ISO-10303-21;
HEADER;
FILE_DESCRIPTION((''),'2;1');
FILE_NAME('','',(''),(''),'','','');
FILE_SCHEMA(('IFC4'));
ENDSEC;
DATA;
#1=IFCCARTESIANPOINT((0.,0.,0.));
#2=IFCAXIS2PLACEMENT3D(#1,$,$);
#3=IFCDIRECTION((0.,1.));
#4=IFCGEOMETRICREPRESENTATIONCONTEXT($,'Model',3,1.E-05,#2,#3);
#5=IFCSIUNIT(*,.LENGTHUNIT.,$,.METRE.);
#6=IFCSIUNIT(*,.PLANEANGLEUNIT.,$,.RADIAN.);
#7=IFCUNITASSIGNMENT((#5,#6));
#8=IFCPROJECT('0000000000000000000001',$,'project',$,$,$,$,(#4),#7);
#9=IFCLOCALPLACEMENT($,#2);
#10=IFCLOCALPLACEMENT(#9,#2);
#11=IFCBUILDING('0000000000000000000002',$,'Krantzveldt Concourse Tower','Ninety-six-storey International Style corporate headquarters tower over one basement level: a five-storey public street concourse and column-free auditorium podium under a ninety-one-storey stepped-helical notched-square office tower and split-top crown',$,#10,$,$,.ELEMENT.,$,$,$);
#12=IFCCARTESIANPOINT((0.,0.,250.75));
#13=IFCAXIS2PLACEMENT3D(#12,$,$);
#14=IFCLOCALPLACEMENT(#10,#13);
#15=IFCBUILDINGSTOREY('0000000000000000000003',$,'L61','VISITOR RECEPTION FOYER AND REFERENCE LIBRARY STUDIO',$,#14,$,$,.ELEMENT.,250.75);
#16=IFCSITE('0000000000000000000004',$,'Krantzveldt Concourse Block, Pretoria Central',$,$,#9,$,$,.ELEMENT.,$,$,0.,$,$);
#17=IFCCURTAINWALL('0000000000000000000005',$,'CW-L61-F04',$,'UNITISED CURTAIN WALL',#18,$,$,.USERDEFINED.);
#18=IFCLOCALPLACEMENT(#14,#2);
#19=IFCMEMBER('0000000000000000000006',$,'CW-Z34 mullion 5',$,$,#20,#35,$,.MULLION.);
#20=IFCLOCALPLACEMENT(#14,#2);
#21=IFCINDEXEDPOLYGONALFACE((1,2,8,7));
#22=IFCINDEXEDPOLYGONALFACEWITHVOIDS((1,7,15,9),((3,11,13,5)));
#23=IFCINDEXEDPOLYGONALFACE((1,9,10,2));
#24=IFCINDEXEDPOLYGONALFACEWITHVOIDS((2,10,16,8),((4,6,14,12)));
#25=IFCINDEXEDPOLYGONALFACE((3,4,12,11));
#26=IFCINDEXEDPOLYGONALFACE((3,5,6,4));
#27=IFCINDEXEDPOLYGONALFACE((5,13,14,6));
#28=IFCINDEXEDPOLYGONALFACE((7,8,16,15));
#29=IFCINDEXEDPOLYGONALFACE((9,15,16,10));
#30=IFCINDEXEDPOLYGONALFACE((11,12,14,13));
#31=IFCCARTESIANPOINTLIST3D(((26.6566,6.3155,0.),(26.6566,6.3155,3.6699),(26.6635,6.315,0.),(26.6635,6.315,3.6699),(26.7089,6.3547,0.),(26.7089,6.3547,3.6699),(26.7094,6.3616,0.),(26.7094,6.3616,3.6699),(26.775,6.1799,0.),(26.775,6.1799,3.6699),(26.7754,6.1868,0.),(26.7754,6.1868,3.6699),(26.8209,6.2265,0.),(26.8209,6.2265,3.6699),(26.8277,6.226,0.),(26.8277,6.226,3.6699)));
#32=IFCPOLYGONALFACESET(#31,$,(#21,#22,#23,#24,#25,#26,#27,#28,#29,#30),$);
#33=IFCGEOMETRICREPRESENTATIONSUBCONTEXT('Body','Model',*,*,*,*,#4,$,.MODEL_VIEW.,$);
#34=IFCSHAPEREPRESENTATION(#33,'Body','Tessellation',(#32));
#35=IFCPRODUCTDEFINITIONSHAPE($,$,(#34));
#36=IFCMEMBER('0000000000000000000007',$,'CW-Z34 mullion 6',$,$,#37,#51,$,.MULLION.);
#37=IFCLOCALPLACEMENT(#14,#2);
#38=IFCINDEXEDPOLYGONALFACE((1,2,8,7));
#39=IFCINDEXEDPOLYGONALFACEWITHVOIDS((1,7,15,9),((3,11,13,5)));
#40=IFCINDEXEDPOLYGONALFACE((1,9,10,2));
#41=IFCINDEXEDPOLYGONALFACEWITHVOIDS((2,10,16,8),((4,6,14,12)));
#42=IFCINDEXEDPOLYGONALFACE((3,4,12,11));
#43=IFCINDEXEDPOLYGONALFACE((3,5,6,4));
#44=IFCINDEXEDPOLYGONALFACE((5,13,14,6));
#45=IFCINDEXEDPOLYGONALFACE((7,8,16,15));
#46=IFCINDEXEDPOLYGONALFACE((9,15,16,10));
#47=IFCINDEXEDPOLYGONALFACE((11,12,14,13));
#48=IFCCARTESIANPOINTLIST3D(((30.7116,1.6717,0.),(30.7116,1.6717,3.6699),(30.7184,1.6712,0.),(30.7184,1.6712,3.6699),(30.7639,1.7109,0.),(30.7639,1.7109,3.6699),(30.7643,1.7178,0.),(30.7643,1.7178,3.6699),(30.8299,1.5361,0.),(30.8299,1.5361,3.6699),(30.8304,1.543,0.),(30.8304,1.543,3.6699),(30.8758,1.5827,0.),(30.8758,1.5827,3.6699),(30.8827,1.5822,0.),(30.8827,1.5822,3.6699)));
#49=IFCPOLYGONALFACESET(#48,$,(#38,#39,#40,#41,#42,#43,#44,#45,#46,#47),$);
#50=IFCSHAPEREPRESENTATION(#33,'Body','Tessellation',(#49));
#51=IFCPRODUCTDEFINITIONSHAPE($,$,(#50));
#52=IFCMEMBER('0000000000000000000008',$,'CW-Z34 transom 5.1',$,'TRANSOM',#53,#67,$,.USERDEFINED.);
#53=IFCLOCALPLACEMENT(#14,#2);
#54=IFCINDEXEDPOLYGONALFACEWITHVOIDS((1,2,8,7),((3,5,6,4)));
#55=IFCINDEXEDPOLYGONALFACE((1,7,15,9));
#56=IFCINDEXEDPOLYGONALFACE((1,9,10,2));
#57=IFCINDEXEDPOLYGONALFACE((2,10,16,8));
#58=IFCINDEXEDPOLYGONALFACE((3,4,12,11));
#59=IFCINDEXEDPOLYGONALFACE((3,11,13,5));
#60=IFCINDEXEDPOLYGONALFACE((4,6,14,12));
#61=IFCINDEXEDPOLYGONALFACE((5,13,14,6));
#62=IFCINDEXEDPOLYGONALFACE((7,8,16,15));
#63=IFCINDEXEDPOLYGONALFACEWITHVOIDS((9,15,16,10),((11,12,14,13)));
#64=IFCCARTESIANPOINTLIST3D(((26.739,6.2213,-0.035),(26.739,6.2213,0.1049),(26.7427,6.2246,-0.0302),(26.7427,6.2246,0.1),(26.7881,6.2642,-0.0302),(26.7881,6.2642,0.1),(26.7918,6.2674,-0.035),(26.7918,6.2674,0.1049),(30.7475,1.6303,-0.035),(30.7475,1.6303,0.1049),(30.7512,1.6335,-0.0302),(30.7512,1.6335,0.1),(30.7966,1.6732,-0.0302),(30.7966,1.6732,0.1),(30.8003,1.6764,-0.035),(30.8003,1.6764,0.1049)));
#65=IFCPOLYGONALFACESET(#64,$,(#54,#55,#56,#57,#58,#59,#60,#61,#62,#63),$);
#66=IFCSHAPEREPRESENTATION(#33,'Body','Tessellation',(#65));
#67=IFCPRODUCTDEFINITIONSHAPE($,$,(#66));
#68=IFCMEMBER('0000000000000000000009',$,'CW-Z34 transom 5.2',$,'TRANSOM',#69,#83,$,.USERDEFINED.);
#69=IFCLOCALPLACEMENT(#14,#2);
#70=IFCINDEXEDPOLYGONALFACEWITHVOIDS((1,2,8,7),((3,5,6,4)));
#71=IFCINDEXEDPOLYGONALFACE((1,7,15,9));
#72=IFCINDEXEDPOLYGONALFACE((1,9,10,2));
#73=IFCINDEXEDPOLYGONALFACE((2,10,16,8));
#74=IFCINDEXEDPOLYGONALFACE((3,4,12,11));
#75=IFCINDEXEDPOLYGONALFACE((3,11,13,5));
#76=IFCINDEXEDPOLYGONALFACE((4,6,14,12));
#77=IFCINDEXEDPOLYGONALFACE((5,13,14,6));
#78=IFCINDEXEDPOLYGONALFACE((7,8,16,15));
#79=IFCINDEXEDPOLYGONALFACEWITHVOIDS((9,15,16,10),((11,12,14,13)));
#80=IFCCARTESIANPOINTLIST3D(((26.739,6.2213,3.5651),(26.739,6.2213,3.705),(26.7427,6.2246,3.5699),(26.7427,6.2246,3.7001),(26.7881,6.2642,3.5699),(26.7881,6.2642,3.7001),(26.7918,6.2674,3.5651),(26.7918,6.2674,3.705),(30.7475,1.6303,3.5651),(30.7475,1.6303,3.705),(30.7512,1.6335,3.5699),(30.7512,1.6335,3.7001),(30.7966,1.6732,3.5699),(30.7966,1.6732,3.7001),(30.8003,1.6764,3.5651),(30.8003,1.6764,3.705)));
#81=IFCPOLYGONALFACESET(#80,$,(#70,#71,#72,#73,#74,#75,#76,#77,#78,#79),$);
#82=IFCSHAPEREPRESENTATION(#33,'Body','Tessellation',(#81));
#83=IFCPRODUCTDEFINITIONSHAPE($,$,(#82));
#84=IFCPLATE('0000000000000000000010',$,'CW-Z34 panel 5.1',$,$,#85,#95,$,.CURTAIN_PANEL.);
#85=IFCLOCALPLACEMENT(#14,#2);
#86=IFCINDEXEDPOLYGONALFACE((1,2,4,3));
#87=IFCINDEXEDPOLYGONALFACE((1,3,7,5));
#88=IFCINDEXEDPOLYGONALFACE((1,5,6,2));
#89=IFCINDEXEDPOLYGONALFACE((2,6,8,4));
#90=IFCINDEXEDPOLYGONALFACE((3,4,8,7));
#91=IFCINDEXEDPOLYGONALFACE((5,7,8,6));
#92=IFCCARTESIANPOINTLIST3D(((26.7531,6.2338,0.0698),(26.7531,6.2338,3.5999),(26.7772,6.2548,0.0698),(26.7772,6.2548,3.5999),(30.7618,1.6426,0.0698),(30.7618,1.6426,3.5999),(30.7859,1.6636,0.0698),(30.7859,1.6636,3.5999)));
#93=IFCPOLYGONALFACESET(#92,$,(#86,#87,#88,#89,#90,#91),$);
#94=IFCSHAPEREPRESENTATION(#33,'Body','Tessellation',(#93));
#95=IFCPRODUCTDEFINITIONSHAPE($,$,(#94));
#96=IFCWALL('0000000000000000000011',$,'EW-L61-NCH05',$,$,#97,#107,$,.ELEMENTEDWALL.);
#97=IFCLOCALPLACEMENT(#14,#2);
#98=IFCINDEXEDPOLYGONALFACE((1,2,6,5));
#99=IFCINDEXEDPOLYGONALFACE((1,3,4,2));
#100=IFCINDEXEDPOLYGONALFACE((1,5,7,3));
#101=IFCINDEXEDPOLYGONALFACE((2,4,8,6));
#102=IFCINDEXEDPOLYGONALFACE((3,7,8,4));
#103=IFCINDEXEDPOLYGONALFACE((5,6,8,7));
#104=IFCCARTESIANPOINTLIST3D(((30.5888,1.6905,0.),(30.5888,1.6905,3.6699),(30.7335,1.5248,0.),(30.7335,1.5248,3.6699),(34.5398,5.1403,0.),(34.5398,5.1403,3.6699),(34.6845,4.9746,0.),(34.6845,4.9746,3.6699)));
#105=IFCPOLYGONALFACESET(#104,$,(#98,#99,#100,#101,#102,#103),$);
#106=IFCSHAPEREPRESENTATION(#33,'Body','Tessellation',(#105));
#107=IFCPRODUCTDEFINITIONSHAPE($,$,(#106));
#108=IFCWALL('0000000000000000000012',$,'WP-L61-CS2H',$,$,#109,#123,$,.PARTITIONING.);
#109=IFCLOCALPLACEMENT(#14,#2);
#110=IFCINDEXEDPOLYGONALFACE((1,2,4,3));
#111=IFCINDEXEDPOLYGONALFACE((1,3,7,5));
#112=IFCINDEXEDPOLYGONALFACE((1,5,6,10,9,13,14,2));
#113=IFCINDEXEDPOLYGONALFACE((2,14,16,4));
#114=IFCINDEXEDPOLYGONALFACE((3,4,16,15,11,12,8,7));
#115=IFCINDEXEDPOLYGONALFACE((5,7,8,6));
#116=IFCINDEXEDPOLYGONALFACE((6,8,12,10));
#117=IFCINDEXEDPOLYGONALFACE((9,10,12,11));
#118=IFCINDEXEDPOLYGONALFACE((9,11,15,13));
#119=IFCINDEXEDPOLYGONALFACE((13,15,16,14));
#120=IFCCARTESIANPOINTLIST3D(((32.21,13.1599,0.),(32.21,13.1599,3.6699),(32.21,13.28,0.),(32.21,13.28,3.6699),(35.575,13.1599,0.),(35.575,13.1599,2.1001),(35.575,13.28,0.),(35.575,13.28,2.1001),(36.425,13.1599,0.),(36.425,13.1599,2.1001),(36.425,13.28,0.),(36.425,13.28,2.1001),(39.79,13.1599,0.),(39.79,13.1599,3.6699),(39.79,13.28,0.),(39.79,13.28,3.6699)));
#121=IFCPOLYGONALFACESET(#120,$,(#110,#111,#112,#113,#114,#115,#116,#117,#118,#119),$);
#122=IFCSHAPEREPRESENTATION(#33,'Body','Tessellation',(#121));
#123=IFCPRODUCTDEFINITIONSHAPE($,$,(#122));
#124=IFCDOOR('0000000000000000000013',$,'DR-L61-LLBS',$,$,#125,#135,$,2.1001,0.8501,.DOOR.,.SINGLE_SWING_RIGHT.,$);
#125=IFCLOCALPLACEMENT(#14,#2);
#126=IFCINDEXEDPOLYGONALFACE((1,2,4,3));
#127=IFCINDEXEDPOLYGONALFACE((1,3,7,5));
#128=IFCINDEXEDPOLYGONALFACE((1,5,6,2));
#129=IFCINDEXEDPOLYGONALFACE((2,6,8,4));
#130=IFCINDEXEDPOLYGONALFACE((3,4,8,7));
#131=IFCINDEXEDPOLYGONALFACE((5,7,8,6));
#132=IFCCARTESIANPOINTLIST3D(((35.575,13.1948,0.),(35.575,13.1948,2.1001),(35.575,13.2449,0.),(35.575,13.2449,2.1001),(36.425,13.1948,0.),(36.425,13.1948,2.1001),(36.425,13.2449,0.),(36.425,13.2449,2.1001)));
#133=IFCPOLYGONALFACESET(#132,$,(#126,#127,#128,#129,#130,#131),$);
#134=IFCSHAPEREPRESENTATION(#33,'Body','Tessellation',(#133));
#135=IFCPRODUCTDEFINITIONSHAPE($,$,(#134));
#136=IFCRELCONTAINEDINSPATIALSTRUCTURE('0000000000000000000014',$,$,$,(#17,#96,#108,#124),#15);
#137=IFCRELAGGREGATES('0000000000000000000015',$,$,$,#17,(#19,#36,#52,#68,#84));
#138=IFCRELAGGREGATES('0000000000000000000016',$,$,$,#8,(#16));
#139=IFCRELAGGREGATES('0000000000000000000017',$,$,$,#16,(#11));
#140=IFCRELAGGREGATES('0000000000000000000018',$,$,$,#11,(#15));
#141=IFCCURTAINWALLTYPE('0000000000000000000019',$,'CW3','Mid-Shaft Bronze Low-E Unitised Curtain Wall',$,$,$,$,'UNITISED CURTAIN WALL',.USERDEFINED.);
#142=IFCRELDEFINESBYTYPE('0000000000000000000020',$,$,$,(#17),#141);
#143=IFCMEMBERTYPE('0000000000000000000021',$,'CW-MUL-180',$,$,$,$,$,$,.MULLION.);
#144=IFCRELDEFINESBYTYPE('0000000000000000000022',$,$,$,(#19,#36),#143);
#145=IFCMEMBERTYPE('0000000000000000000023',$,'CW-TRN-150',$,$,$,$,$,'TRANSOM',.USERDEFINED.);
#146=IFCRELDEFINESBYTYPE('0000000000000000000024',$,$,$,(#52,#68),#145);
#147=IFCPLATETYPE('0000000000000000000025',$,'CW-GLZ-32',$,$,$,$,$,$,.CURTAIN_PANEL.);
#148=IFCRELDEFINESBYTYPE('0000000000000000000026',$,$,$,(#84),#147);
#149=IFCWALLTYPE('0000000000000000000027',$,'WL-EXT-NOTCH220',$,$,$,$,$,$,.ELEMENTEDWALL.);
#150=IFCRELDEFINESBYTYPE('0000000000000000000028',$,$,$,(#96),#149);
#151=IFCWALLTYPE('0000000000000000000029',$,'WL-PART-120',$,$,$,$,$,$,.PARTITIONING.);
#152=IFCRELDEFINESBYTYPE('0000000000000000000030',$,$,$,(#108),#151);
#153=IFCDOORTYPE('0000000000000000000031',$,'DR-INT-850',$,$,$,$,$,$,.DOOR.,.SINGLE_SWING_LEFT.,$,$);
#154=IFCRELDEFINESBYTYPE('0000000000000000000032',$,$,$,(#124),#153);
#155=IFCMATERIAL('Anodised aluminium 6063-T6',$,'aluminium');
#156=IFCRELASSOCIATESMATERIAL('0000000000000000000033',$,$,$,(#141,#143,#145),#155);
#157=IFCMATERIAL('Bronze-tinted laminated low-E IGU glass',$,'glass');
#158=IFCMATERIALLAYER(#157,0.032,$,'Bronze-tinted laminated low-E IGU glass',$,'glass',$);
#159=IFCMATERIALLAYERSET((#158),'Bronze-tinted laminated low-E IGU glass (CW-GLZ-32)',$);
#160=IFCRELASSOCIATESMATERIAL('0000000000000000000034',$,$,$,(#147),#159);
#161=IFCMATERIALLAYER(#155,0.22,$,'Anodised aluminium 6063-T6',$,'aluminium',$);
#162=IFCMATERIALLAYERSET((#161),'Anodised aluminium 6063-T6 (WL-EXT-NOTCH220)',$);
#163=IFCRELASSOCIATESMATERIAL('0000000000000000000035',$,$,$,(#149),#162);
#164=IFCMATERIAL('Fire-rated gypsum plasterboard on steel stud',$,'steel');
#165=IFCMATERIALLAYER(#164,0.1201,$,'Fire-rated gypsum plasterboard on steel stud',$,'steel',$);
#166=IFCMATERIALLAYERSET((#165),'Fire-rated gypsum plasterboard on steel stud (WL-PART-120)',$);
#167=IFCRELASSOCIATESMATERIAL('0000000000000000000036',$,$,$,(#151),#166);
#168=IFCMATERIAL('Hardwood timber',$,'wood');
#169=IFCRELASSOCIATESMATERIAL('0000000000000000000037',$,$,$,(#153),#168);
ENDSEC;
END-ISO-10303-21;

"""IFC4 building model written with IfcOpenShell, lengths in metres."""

from ifc_helpers import new_model, si_unit, direction, frame, frame_2d, origin, origin_2d, place, context, subcontext, project, spatial, rectangle, hollow_rectangle, extrude, source, transform, mapped, material, layer, layer_set, material_profile, profile_set, type_object, type_shapes, element, fill, aggregate, save


model = new_model("IFC4")

# Units and contexts
model_context = context("Model", 3, precision=1e-05, world=origin(), true_north=direction((0.0, 1.0)))
body_context = subcontext(model_context, "Body", "Model", "MODEL_VIEW")
ifc_project = project(units=[si_unit("LENGTHUNIT", "METRE"), si_unit("PLANEANGLEUNIT", "RADIAN")], contexts=[model_context])

# Site, building, storey
site_placement = place(None, origin())
site = spatial("IfcSite", under=ifc_project, at=site_placement, Name="Krantzveldt Concourse Block, Pretoria Central", CompositionType="ELEMENT", RefElevation=0.0)
building_placement = place(site_placement, origin())
building = spatial("IfcBuilding", under=site, at=building_placement, Name="Krantzveldt Concourse Tower", Description="Ninety-six-storey International Style corporate headquarters tower over one basement level: a five-storey public street concourse and column-free auditorium podium under a ninety-one-storey stepped-helical notched-square office tower and split-top crown", CompositionType="ELEMENT")
storey_placement = place(building_placement, frame((0.0, 0.0, 250.75)))
storey = spatial("IfcBuildingStorey", under=building, at=storey_placement, Name="L61", Description="VISITOR RECEPTION FOYER AND REFERENCE LIBRARY STUDIO", CompositionType="ELEMENT", Elevation=250.75)

# Curtain wall, members, plate
ifc_material_1 = material(Name="Anodised aluminium 6063-T6", Category="aluminium")
curtain_wall_type = type_object("IfcCurtainWallType", Name="CW3", Description="Mid-Shaft Bronze Low-E Unitised Curtain Wall", ElementType="UNITISED CURTAIN WALL", PredefinedType="USERDEFINED", material=ifc_material_1)
curtain_wall_placement = place(storey_placement, origin())
curtain_wall = element("IfcCurtainWall", 1, at=curtain_wall_placement, inside=storey, type_object=curtain_wall_type, Name="CW-L61-F04", ObjectType="UNITISED CURTAIN WALL", PredefinedType="USERDEFINED")
ifc_material_profile_1 = material_profile(ifc_material_1, hollow_rectangle(XDim=0.0701, YDim=0.1799, WallThickness=0.0049, at=origin_2d()), Name="Anodised aluminium 6063-T6", Category="aluminium")
ifc_profile_set_1 = profile_set([ifc_material_profile_1], Name="Anodised aluminium 6063-T6 - ALU-MULL 180x70x5")
member_type_1 = type_object("IfcMemberType", Name="CW-MUL-180", PredefinedType="MULLION", material=ifc_profile_set_1)
shared_shape_1 = source(origin(), body_context, "Body", "SweptSolid", [
    extrude(hollow_rectangle(XDim=0.0701, YDim=0.1799, WallThickness=0.0049, at=origin_2d()), origin(), (0.0, 0.0, 1.0), 3.6699),
])
type_shapes(member_type_1, [shared_shape_1])
member_1_placement = place(storey_placement, frame((26.7422, 6.2708, 0.0), z_axis=(0.0, 0.0, 1.0), x_axis=(0.753277, 0.657704, 0.0)))
member_1 = element("IfcMember", 2, at=member_1_placement, type_object=member_type_1, Name="CW-Z34 mullion 5", PredefinedType="MULLION", context=body_context, shape_type="MappedRepresentation", body=[
    mapped(shared_shape_1, transform((0.0, 0.0, 0.0), x_axis=(1.0, 0.0, 0.0), y_axis=(0.0, 1.0, 0.0), z_axis=(0.0, 0.0, 1.0), scale=1.0)),
])
member_2_placement = place(storey_placement, frame((30.7971, 1.627, 0.0), z_axis=(0.0, 0.0, 1.0), x_axis=(0.753277, 0.657704, 0.0)))
member_2 = element("IfcMember", 3, at=member_2_placement, type_object=member_type_1, Name="CW-Z34 mullion 6", PredefinedType="MULLION", context=body_context, shape_type="MappedRepresentation", body=[
    mapped(shared_shape_1, transform((0.0, 0.0, 0.0), x_axis=(1.0, 0.0, 0.0), y_axis=(0.0, 1.0, 0.0), z_axis=(0.0, 0.0, 1.0), scale=1.0)),
])
ifc_material_profile_2 = material_profile(ifc_material_1, hollow_rectangle(XDim=0.0701, YDim=0.1399, WallThickness=0.0049, at=origin_2d()), Name="Anodised aluminium 6063-T6", Category="aluminium")
ifc_profile_set_2 = profile_set([ifc_material_profile_2], Name="Anodised aluminium 6063-T6 - ALU-TRAN 140x70x5")
member_type_2 = type_object("IfcMemberType", Name="CW-TRN-150", ElementType="TRANSOM", PredefinedType="USERDEFINED", material=ifc_profile_set_2)
shared_shape_2 = source(origin(), body_context, "Body", "SweptSolid", [
    extrude(hollow_rectangle(XDim=0.0701, YDim=0.1399, WallThickness=0.0049, at=origin_2d()), origin(), (0.0, 0.0, 1.0), 6.0947),
])
type_shapes(member_type_2, [shared_shape_2])
member_3_placement = place(storey_placement, frame((26.7654, 6.2444, 0.0349), z_axis=(0.657702, -0.753279, 0.0), x_axis=(0.753279, 0.657702, 0.0)))
member_3 = element("IfcMember", 4, at=member_3_placement, type_object=member_type_2, Name="CW-Z34 transom 5.1", ObjectType="TRANSOM", PredefinedType="USERDEFINED", context=body_context, shape_type="MappedRepresentation", body=[
    mapped(shared_shape_2, transform((0.0, 0.0, 0.0), x_axis=(1.0, 0.0, 0.0), y_axis=(0.0, 1.0, 0.0), z_axis=(0.0, 0.0, 1.0), scale=1.0)),
])
member_4_placement = place(storey_placement, frame((26.7654, 6.2444, 3.635), z_axis=(0.657702, -0.753279, 0.0), x_axis=(0.753279, 0.657702, 0.0)))
member_4 = element("IfcMember", 5, at=member_4_placement, type_object=member_type_2, Name="CW-Z34 transom 5.2", ObjectType="TRANSOM", PredefinedType="USERDEFINED", context=body_context, shape_type="MappedRepresentation", body=[
    mapped(shared_shape_2, transform((0.0, 0.0, 0.0), x_axis=(1.0, 0.0, 0.0), y_axis=(0.0, 1.0, 0.0), z_axis=(0.0, 0.0, 1.0), scale=1.0)),
])
ifc_material_2 = material(Name="Bronze-tinted laminated low-E IGU glass", Category="glass")
ifc_layer_1 = layer(ifc_material_2, 0.032, Name="Bronze-tinted laminated low-E IGU glass", Category="glass")
ifc_layer_set_1 = layer_set([ifc_layer_1], Name="Bronze-tinted laminated low-E IGU glass (CW-GLZ-32)")
plate_type = type_object("IfcPlateType", Name="CW-GLZ-32", PredefinedType="CURTAIN_PANEL", material=ifc_layer_set_1)
shared_shape_3 = source(origin(), body_context, "Body", "SweptSolid", [
    extrude(rectangle(XDim=6.095, YDim=0.032, at=origin_2d()), origin(), (0.0, 0.0, 1.0), 3.53),
])
type_shapes(plate_type, [shared_shape_3])
plate_placement = place(storey_placement, frame((28.7695, 3.9487, 0.0698), z_axis=(0.0, 0.0, 1.0), x_axis=(0.657704, -0.753277, 0.0)))
plate = element("IfcPlate", 6, at=plate_placement, type_object=plate_type, Name="CW-Z34 panel 5.1", PredefinedType="CURTAIN_PANEL", context=body_context, shape_type="MappedRepresentation", body=[
    mapped(shared_shape_3, transform((0.0, 0.0, 0.0), x_axis=(1.0, 0.0, 0.0), y_axis=(0.0, 1.0, 0.0), z_axis=(0.0, 0.0, 1.0), scale=1.0)),
])
aggregate(curtain_wall, [member_1, member_2, member_3, member_4, plate])

# Wall
ifc_layer_2 = layer(ifc_material_1, 0.22, Name="Anodised aluminium 6063-T6", Category="aluminium")
ifc_layer_set_2 = layer_set([ifc_layer_2], Name="Anodised aluminium 6063-T6 (WL-EXT-NOTCH220)")
wall_type_1 = type_object("IfcWallType", Name="WL-EXT-NOTCH220", PredefinedType="ELEMENTEDWALL", material=ifc_layer_set_2)
wall_1_placement = place(storey_placement, frame((30.6611, 1.6077, 0.0), z_axis=(0.0, 0.0, 1.0), x_axis=(0.753271, 0.65771, 0.0)))
element("IfcWall", 7, at=wall_1_placement, inside=storey, type_object=wall_type_1, Name="EW-L61-NCH05", PredefinedType="ELEMENTEDWALL", context=body_context, shape_type="SweptSolid", body=[
    extrude(rectangle(XDim=5.2451, YDim=0.22, at=frame_2d((2.6226, 0.0))), origin(), (0.0, 0.0, 1.0), 3.6699),
])

# Wall, opening, door
ifc_material_3 = material(Name="Fire-rated gypsum plasterboard on steel stud", Category="steel")
ifc_layer_3 = layer(ifc_material_3, 0.1201, Name="Fire-rated gypsum plasterboard on steel stud", Category="steel")
ifc_layer_set_3 = layer_set([ifc_layer_3], Name="Fire-rated gypsum plasterboard on steel stud (WL-PART-120)")
wall_type_2 = type_object("IfcWallType", Name="WL-PART-120", PredefinedType="PARTITIONING", material=ifc_layer_set_3)
wall_2_placement = place(storey_placement, frame((32.21, 13.22, 0.0), z_axis=(0.0, 0.0, 1.0), x_axis=(1.0, 0.0, 0.0)))
wall_2 = element("IfcWall", 8, at=wall_2_placement, inside=storey, type_object=wall_type_2, Name="WP-L61-CS2H", PredefinedType="PARTITIONING", context=body_context, shape_type="SweptSolid", body=[
    extrude(rectangle(XDim=7.5801, YDim=0.1201, at=frame_2d((3.79, 0.0))), origin(), (0.0, 0.0, 1.0), 3.6699),
])
opening_1_placement = place(wall_2_placement, frame((3.365, 0.0, 0.0)))
opening_1 = element("IfcOpeningElement", 9, at=opening_1_placement, cuts=wall_2, PredefinedType="OPENING", context=body_context, shape_type="SweptSolid", body=[
    extrude(rectangle(XDim=0.8501, YDim=2.1001, at=frame_2d((0.425, 1.05))), frame((0.0, 0.0701, 0.0), z_axis=(0.0, -1.0, 0.0), x_axis=(1.0, 0.0, 0.0)), (0.0, 0.0, 1.0), 0.1401),
])
ifc_material_4 = material(Name="Hardwood timber", Category="wood")
door_type_1 = type_object("IfcDoorType", Name="DR-INT-850", OperationType="SINGLE_SWING_LEFT", PredefinedType="DOOR", material=ifc_material_4)
door_1_placement = place(opening_1_placement, origin())
door_1 = element("IfcDoor", 10, at=door_1_placement, inside=storey, type_object=door_type_1, Name="DR-L61-LLBS", OperationType="SINGLE_SWING_RIGHT", OverallHeight=2.1001, OverallWidth=0.8501, PredefinedType="DOOR", context=body_context, shape_type="SweptSolid", body=[
    extrude(rectangle(XDim=0.8501, YDim=2.1001, at=frame_2d((0.425, 1.05))), frame((0.0, 0.0249, 0.0), z_axis=(0.0, -1.0, 0.0), x_axis=(1.0, 0.0, 0.0)), (0.0, 0.0, 1.0), 0.05),
])
fill(opening_1, door_1)

save(model, "model.ifc")
